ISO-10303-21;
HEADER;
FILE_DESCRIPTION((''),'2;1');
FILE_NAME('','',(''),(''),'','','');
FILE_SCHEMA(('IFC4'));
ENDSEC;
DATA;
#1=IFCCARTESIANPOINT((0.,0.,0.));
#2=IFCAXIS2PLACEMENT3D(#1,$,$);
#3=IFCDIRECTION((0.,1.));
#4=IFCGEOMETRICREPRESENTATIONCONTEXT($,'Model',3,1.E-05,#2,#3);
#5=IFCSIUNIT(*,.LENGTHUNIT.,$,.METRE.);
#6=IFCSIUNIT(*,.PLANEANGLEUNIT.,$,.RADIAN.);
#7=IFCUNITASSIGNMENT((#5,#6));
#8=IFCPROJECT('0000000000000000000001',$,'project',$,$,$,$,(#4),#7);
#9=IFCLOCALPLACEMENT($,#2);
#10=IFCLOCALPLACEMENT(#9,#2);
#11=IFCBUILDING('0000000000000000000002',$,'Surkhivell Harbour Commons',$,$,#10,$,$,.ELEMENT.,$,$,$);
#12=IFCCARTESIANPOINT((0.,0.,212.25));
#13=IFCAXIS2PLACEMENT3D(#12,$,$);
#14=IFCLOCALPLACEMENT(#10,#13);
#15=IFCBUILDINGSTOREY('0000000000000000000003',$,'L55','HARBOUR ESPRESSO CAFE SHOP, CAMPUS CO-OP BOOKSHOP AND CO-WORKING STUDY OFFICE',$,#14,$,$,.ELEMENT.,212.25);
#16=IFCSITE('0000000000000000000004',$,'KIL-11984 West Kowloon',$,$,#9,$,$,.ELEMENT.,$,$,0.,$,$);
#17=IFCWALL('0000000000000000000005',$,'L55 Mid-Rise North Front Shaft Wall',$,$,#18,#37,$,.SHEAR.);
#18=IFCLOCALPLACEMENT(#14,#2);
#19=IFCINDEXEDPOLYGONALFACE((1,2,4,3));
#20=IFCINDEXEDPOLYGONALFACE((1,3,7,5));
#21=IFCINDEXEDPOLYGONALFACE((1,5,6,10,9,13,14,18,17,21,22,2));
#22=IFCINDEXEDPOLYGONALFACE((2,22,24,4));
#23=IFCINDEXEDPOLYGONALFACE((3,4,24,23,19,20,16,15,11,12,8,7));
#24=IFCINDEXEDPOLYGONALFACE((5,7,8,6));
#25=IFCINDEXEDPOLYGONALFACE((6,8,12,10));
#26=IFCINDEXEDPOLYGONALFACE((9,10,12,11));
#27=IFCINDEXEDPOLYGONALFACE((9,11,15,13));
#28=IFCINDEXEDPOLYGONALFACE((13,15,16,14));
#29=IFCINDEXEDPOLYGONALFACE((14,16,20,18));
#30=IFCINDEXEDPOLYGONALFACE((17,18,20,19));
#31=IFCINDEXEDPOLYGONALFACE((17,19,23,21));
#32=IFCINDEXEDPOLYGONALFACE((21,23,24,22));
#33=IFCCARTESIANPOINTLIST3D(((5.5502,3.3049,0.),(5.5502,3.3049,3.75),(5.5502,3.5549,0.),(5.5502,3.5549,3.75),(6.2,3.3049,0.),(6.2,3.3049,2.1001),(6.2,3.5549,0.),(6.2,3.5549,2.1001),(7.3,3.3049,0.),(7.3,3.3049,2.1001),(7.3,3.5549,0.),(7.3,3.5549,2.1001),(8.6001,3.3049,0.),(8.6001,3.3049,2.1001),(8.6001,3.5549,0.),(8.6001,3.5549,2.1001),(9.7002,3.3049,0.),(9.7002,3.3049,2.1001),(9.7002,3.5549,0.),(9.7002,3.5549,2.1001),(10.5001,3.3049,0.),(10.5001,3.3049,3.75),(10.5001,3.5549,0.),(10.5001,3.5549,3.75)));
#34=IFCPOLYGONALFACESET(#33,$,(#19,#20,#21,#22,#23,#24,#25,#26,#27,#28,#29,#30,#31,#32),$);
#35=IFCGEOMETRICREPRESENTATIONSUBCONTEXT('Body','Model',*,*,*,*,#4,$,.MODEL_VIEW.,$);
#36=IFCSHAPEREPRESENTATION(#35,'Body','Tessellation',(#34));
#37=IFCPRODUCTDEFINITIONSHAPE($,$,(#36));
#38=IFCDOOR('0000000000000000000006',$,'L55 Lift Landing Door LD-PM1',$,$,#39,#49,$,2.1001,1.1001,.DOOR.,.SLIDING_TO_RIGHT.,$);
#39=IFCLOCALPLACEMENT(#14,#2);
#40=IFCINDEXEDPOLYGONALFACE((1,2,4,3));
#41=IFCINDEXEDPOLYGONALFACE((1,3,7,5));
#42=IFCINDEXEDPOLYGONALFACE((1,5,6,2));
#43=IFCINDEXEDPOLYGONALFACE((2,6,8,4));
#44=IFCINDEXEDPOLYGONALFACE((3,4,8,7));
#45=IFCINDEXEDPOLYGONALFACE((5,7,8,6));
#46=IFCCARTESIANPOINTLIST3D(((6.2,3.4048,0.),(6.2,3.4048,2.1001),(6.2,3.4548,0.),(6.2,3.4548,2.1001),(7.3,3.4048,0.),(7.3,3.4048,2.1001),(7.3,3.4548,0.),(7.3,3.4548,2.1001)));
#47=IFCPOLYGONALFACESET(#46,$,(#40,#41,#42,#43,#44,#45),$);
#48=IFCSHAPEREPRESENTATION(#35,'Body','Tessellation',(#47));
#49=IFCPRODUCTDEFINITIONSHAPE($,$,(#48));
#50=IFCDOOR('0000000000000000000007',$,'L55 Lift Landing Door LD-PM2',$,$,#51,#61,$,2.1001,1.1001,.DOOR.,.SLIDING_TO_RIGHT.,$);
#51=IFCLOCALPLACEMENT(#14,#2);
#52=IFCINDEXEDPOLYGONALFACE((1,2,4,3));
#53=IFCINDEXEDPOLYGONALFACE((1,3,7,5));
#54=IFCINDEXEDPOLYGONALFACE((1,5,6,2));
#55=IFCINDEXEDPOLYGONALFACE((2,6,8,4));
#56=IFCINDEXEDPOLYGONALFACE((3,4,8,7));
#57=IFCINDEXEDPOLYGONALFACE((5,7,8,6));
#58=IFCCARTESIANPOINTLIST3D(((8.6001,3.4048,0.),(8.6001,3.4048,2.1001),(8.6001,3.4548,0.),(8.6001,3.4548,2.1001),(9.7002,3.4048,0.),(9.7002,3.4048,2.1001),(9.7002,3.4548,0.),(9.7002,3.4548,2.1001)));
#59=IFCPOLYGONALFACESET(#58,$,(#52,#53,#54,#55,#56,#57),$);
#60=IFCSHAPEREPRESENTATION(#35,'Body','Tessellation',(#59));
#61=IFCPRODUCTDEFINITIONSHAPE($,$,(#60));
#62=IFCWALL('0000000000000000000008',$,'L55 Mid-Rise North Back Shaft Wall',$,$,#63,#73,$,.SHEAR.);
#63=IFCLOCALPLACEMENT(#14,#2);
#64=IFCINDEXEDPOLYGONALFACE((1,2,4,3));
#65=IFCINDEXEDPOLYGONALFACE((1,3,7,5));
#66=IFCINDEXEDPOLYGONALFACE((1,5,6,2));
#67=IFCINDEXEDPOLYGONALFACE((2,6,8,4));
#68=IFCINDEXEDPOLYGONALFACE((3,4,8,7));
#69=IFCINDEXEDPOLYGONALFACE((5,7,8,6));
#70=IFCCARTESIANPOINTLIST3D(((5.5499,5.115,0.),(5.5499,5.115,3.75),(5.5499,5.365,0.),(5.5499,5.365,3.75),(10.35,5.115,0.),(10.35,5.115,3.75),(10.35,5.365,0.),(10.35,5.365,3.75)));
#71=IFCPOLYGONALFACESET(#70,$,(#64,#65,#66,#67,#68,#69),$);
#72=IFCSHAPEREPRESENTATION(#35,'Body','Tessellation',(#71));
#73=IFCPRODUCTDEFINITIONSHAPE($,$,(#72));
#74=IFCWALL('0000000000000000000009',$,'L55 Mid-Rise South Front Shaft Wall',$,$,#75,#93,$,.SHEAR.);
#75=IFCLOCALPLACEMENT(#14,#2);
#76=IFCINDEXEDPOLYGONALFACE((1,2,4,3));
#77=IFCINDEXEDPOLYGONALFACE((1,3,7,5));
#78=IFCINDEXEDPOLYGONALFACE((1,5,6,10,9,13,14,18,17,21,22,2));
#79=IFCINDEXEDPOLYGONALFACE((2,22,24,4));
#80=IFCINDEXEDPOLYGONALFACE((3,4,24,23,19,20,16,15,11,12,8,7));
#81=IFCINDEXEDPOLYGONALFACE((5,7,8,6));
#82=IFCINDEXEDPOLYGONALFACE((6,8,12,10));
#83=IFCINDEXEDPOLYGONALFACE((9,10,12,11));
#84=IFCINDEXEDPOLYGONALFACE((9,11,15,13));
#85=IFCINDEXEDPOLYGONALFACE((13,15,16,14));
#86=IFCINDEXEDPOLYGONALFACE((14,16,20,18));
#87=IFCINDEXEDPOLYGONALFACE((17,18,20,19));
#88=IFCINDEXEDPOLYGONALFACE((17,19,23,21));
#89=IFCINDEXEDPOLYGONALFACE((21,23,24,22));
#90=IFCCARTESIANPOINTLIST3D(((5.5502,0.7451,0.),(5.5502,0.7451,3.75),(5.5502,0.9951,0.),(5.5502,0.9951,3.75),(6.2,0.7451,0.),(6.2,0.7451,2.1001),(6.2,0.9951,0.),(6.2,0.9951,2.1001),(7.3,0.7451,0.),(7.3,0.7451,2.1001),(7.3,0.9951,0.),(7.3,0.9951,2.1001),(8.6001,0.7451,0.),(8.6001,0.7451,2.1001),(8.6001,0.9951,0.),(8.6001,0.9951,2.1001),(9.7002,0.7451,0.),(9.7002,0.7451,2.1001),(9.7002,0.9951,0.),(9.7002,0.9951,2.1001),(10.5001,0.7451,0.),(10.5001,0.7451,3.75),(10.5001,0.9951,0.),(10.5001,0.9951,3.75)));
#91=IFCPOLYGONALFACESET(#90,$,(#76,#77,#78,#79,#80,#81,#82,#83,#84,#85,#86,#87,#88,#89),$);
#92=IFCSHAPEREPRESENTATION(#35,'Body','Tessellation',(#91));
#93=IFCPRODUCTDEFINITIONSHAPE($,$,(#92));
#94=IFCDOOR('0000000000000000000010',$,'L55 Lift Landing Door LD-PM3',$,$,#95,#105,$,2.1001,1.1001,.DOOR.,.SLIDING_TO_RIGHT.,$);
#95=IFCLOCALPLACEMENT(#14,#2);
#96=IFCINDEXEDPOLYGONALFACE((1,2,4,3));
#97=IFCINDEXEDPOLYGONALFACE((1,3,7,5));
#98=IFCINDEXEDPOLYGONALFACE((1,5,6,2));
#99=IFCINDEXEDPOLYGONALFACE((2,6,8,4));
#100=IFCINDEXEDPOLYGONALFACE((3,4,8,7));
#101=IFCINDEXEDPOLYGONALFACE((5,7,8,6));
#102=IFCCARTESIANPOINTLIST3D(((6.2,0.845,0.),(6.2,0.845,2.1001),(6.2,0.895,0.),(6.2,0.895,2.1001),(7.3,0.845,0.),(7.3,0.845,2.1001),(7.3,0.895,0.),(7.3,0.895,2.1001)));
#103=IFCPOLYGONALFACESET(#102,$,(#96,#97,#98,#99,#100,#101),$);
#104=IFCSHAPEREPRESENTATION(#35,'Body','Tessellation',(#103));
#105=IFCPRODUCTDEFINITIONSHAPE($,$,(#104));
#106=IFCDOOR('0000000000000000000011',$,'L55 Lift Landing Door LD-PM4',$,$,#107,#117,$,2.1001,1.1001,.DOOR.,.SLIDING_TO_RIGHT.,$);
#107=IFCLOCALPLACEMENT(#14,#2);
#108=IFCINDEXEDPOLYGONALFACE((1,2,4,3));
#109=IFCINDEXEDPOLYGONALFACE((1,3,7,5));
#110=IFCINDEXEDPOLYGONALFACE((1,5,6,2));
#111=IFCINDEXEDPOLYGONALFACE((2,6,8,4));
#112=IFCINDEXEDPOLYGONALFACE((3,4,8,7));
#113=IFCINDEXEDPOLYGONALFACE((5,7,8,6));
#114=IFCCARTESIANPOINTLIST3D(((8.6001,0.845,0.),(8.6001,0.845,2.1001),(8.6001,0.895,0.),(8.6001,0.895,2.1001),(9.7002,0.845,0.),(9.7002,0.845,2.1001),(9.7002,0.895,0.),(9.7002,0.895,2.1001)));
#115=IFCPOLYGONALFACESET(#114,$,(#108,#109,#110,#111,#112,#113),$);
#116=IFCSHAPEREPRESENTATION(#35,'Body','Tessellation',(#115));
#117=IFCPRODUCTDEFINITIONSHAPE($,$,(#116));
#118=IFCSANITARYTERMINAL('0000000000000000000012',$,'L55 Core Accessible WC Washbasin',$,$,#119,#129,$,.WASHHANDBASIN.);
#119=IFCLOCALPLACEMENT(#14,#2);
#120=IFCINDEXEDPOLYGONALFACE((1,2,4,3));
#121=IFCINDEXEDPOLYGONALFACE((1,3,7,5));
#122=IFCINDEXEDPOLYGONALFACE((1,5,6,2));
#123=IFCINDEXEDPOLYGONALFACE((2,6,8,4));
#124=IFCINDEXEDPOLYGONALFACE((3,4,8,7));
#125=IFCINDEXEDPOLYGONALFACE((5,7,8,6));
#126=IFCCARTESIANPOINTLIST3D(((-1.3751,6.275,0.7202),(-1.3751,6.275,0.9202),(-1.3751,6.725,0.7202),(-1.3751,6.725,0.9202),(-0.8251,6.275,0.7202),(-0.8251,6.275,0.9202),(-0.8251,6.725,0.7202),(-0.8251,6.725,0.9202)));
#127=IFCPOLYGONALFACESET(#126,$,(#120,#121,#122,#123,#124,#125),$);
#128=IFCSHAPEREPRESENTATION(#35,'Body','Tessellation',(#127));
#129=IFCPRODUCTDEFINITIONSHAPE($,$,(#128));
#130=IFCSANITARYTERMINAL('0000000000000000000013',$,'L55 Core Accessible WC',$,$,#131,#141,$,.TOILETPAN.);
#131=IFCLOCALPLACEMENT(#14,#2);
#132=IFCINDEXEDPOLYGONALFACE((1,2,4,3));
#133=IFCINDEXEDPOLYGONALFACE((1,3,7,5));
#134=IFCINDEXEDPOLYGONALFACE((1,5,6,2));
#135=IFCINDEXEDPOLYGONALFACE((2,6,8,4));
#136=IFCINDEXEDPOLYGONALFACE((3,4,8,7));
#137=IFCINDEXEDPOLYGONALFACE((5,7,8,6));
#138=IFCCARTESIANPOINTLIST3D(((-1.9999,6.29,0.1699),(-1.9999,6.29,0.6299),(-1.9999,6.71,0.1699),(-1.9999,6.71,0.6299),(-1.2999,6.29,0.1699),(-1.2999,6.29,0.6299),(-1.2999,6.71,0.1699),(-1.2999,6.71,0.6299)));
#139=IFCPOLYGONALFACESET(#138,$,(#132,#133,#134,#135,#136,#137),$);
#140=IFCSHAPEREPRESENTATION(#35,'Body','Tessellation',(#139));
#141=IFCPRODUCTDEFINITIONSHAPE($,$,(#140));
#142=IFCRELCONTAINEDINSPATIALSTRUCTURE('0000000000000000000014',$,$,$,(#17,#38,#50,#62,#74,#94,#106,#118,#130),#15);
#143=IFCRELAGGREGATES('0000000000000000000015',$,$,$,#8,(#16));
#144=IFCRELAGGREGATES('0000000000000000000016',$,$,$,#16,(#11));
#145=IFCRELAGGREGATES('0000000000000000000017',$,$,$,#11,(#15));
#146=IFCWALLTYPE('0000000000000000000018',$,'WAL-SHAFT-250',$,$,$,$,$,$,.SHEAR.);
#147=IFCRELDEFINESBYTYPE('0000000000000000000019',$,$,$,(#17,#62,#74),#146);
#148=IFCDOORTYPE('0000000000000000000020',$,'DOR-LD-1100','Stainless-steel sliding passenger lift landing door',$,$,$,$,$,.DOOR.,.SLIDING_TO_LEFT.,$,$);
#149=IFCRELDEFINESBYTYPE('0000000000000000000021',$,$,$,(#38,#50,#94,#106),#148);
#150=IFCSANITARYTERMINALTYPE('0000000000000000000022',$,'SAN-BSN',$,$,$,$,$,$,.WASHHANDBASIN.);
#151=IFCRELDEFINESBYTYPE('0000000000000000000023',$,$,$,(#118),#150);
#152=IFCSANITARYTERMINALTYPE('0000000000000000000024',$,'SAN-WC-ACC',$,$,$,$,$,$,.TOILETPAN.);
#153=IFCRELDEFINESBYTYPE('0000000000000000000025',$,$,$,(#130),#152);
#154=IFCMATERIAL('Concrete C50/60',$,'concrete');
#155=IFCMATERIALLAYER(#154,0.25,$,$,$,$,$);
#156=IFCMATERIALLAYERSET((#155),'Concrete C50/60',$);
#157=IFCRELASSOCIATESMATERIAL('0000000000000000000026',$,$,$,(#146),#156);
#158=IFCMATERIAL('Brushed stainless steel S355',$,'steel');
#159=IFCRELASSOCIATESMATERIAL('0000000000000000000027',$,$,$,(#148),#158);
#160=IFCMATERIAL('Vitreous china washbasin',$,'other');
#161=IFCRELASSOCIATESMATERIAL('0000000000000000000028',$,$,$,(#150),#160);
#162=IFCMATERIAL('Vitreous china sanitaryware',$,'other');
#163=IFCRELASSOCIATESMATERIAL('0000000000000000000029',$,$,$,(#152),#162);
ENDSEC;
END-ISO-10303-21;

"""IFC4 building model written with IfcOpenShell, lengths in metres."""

from ifc_helpers import new_model, si_unit, direction, frame, frame_2d, origin, origin_2d, place, context, subcontext, project, spatial, rectangle, extrude, material, layer, layer_set, type_object, element, fill, save


model = new_model("IFC4")

# Units and contexts
model_context = context("Model", 3, precision=1e-05, world=origin(), true_north=direction((0.0, 1.0)))
body_context = subcontext(model_context, "Body", "Model", "MODEL_VIEW")
ifc_project = project(units=[si_unit("LENGTHUNIT", "METRE"), si_unit("PLANEANGLEUNIT", "RADIAN")], contexts=[model_context])

# Site, building, storey
site_placement = place(None, origin())
site = spatial("IfcSite", under=ifc_project, at=site_placement, Name="KIL-11984 West Kowloon", CompositionType="ELEMENT", RefElevation=0.0)
building_placement = place(site_placement, origin())
building = spatial("IfcBuilding", under=site, at=building_placement, Name="Surkhivell Harbour Commons", CompositionType="ELEMENT")
storey_placement = place(building_placement, frame((0.0, 0.0, 212.25)))
storey = spatial("IfcBuildingStorey", under=building, at=storey_placement, Name="L55", Description="HARBOUR ESPRESSO CAFE SHOP, CAMPUS CO-OP BOOKSHOP AND CO-WORKING STUDY OFFICE", CompositionType="ELEMENT", Elevation=212.25)

# Shared definitions
ifc_material_1 = material(Name="Concrete C50/60", Category="concrete")
ifc_layer_1 = layer(ifc_material_1, 0.25)
ifc_layer_set_1 = layer_set([ifc_layer_1], Name="Concrete C50/60")
wall_type_1 = type_object("IfcWallType", Name="WAL-SHAFT-250", PredefinedType="SHEAR", material=ifc_layer_set_1)

# Wall, openings, doors
wall_1_placement = place(storey_placement, frame((5.55, 3.4299, 0.0), z_axis=(0.0, 0.0, 1.0), x_axis=(1.0, 0.0, 0.0)))
wall_1 = element("IfcWall", 1, at=wall_1_placement, inside=storey, type_object=wall_type_1, Name="L55 Mid-Rise North Front Shaft Wall", PredefinedType="SHEAR", context=body_context, shape_type="SweptSolid", body=[
    extrude(rectangle(XDim=4.95, YDim=0.25, at=frame_2d((2.4751, 0.0))), origin(), (0.0, 0.0, 1.0), 3.75),
])
opening_1_placement = place(wall_1_placement, frame((0.6499, 0.0, 0.0)))
opening_1 = element("IfcOpeningElement", 2, at=opening_1_placement, cuts=wall_1, PredefinedType="OPENING", context=body_context, shape_type="SweptSolid", body=[
    extrude(rectangle(XDim=1.1001, YDim=2.1001, at=frame_2d((0.55, 1.05))), frame((0.0, 0.135, 0.0), z_axis=(0.0, -1.0, 0.0), x_axis=(1.0, 0.0, 0.0)), (0.0, 0.0, 1.0), 0.27),
])
opening_2_placement = place(wall_1_placement, frame((3.05, 0.0, 0.0)))
opening_2 = element("IfcOpeningElement", 3, at=opening_2_placement, cuts=wall_1, PredefinedType="OPENING", context=body_context, shape_type="SweptSolid", body=[
    extrude(rectangle(XDim=1.1001, YDim=2.1001, at=frame_2d((0.55, 1.05))), frame((0.0, 0.135, 0.0), z_axis=(0.0, -1.0, 0.0), x_axis=(1.0, 0.0, 0.0)), (0.0, 0.0, 1.0), 0.27),
])
ifc_material_2 = material(Name="Brushed stainless steel S355", Category="steel")
door_type_1 = type_object("IfcDoorType", Name="DOR-LD-1100", Description="Stainless-steel sliding passenger lift landing door", OperationType="SLIDING_TO_LEFT", PredefinedType="DOOR", material=ifc_material_2)
door_1_placement = place(opening_1_placement, origin())
door_1 = element("IfcDoor", 4, at=door_1_placement, inside=storey, type_object=door_type_1, Name="L55 Lift Landing Door LD-PM1", OperationType="SLIDING_TO_RIGHT", OverallHeight=2.1001, OverallWidth=1.1001, PredefinedType="DOOR", context=body_context, shape_type="SweptSolid", body=[
    extrude(rectangle(XDim=1.1001, YDim=2.1001, at=frame_2d((0.55, 1.05))), frame((0.0, 0.0249, 0.0), z_axis=(0.0, -1.0, 0.0), x_axis=(1.0, 0.0, 0.0)), (0.0, 0.0, 1.0), 0.05),
])
fill(opening_1, door_1)
door_2_placement = place(opening_2_placement, origin())
door_2 = element("IfcDoor", 5, at=door_2_placement, inside=storey, type_object=door_type_1, Name="L55 Lift Landing Door LD-PM2", OperationType="SLIDING_TO_RIGHT", OverallHeight=2.1001, OverallWidth=1.1001, PredefinedType="DOOR", context=body_context, shape_type="SweptSolid", body=[
    extrude(rectangle(XDim=1.1001, YDim=2.1001, at=frame_2d((0.55, 1.05))), frame((0.0, 0.0249, 0.0), z_axis=(0.0, -1.0, 0.0), x_axis=(1.0, 0.0, 0.0)), (0.0, 0.0, 1.0), 0.05),
])
fill(opening_2, door_2)

# Wall
wall_2_placement = place(storey_placement, frame((5.55, 5.24, 0.0), z_axis=(0.0, 0.0, 1.0), x_axis=(1.0, 0.0, 0.0)))
element("IfcWall", 6, at=wall_2_placement, inside=storey, type_object=wall_type_1, Name="L55 Mid-Rise North Back Shaft Wall", PredefinedType="SHEAR", context=body_context, shape_type="SweptSolid", body=[
    extrude(rectangle(XDim=4.8, YDim=0.25, at=frame_2d((2.3999, 0.0))), origin(), (0.0, 0.0, 1.0), 3.75),
])

# Wall, openings, doors
wall_3_placement = place(storey_placement, frame((5.55, 0.8701, 0.0), z_axis=(0.0, 0.0, 1.0), x_axis=(1.0, 0.0, 0.0)))
wall_3 = element("IfcWall", 7, at=wall_3_placement, inside=storey, type_object=wall_type_1, Name="L55 Mid-Rise South Front Shaft Wall", PredefinedType="SHEAR", context=body_context, shape_type="SweptSolid", body=[
    extrude(rectangle(XDim=4.95, YDim=0.25, at=frame_2d((2.4751, 0.0))), origin(), (0.0, 0.0, 1.0), 3.75),
])
opening_3_placement = place(wall_3_placement, frame((0.6499, 0.0, 0.0)))
opening_3 = element("IfcOpeningElement", 8, at=opening_3_placement, cuts=wall_3, PredefinedType="OPENING", context=body_context, shape_type="SweptSolid", body=[
    extrude(rectangle(XDim=1.1001, YDim=2.1001, at=frame_2d((0.55, 1.05))), frame((0.0, 0.135, 0.0), z_axis=(0.0, -1.0, 0.0), x_axis=(1.0, 0.0, 0.0)), (0.0, 0.0, 1.0), 0.27),
])
opening_4_placement = place(wall_3_placement, frame((3.05, 0.0, 0.0)))
opening_4 = element("IfcOpeningElement", 9, at=opening_4_placement, cuts=wall_3, PredefinedType="OPENING", context=body_context, shape_type="SweptSolid", body=[
    extrude(rectangle(XDim=1.1001, YDim=2.1001, at=frame_2d((0.55, 1.05))), frame((0.0, 0.135, 0.0), z_axis=(0.0, -1.0, 0.0), x_axis=(1.0, 0.0, 0.0)), (0.0, 0.0, 1.0), 0.27),
])
door_3_placement = place(opening_3_placement, origin())
door_3 = element("IfcDoor", 10, at=door_3_placement, inside=storey, type_object=door_type_1, Name="L55 Lift Landing Door LD-PM3", OperationType="SLIDING_TO_RIGHT", OverallHeight=2.1001, OverallWidth=1.1001, PredefinedType="DOOR", context=body_context, shape_type="SweptSolid", body=[
    extrude(rectangle(XDim=1.1001, YDim=2.1001, at=frame_2d((0.55, 1.05))), frame((0.0, 0.0249, 0.0), z_axis=(0.0, -1.0, 0.0), x_axis=(1.0, 0.0, 0.0)), (0.0, 0.0, 1.0), 0.05),
])
fill(opening_3, door_3)
door_4_placement = place(opening_4_placement, origin())
door_4 = element("IfcDoor", 11, at=door_4_placement, inside=storey, type_object=door_type_1, Name="L55 Lift Landing Door LD-PM4", OperationType="SLIDING_TO_RIGHT", OverallHeight=2.1001, OverallWidth=1.1001, PredefinedType="DOOR", context=body_context, shape_type="SweptSolid", body=[
    extrude(rectangle(XDim=1.1001, YDim=2.1001, at=frame_2d((0.55, 1.05))), frame((0.0, 0.0249, 0.0), z_axis=(0.0, -1.0, 0.0), x_axis=(1.0, 0.0, 0.0)), (0.0, 0.0, 1.0), 0.05),
])
fill(opening_4, door_4)

# Sanitary terminals
ifc_material_3 = material(Name="Vitreous china washbasin", Category="other")
sanitary_terminal_type_1 = type_object("IfcSanitaryTerminalType", Name="SAN-BSN", PredefinedType="WASHHANDBASIN", material=ifc_material_3)
sanitary_terminal_1_placement = place(storey_placement, frame((-1.1001, 6.5, 0.7202), z_axis=(0.0, 0.0, 1.0), x_axis=(1.0, 0.0, 0.0)))
element("IfcSanitaryTerminal", 12, at=sanitary_terminal_1_placement, inside=storey, type_object=sanitary_terminal_type_1, Name="L55 Core Accessible WC Washbasin", PredefinedType="WASHHANDBASIN", context=body_context, shape_type="SweptSolid", body=[
    extrude(rectangle(XDim=0.55, YDim=0.45, at=origin_2d()), origin(), (0.0, 0.0, 1.0), 0.2),
])
ifc_material_4 = material(Name="Vitreous china sanitaryware", Category="other")
sanitary_terminal_type_2 = type_object("IfcSanitaryTerminalType", Name="SAN-WC-ACC", PredefinedType="TOILETPAN", material=ifc_material_4)
sanitary_terminal_2_placement = place(storey_placement, frame((-1.6499, 6.5, 0.1699), z_axis=(0.0, 0.0, 1.0), x_axis=(1.0, 0.0, 0.0)))
element("IfcSanitaryTerminal", 13, at=sanitary_terminal_2_placement, inside=storey, type_object=sanitary_terminal_type_2, Name="L55 Core Accessible WC", PredefinedType="TOILETPAN", context=body_context, shape_type="SweptSolid", body=[
    extrude(rectangle(XDim=0.7, YDim=0.4199, at=origin_2d()), origin(), (0.0, 0.0, 1.0), 0.46),
])

save(model, "model.ifc")
